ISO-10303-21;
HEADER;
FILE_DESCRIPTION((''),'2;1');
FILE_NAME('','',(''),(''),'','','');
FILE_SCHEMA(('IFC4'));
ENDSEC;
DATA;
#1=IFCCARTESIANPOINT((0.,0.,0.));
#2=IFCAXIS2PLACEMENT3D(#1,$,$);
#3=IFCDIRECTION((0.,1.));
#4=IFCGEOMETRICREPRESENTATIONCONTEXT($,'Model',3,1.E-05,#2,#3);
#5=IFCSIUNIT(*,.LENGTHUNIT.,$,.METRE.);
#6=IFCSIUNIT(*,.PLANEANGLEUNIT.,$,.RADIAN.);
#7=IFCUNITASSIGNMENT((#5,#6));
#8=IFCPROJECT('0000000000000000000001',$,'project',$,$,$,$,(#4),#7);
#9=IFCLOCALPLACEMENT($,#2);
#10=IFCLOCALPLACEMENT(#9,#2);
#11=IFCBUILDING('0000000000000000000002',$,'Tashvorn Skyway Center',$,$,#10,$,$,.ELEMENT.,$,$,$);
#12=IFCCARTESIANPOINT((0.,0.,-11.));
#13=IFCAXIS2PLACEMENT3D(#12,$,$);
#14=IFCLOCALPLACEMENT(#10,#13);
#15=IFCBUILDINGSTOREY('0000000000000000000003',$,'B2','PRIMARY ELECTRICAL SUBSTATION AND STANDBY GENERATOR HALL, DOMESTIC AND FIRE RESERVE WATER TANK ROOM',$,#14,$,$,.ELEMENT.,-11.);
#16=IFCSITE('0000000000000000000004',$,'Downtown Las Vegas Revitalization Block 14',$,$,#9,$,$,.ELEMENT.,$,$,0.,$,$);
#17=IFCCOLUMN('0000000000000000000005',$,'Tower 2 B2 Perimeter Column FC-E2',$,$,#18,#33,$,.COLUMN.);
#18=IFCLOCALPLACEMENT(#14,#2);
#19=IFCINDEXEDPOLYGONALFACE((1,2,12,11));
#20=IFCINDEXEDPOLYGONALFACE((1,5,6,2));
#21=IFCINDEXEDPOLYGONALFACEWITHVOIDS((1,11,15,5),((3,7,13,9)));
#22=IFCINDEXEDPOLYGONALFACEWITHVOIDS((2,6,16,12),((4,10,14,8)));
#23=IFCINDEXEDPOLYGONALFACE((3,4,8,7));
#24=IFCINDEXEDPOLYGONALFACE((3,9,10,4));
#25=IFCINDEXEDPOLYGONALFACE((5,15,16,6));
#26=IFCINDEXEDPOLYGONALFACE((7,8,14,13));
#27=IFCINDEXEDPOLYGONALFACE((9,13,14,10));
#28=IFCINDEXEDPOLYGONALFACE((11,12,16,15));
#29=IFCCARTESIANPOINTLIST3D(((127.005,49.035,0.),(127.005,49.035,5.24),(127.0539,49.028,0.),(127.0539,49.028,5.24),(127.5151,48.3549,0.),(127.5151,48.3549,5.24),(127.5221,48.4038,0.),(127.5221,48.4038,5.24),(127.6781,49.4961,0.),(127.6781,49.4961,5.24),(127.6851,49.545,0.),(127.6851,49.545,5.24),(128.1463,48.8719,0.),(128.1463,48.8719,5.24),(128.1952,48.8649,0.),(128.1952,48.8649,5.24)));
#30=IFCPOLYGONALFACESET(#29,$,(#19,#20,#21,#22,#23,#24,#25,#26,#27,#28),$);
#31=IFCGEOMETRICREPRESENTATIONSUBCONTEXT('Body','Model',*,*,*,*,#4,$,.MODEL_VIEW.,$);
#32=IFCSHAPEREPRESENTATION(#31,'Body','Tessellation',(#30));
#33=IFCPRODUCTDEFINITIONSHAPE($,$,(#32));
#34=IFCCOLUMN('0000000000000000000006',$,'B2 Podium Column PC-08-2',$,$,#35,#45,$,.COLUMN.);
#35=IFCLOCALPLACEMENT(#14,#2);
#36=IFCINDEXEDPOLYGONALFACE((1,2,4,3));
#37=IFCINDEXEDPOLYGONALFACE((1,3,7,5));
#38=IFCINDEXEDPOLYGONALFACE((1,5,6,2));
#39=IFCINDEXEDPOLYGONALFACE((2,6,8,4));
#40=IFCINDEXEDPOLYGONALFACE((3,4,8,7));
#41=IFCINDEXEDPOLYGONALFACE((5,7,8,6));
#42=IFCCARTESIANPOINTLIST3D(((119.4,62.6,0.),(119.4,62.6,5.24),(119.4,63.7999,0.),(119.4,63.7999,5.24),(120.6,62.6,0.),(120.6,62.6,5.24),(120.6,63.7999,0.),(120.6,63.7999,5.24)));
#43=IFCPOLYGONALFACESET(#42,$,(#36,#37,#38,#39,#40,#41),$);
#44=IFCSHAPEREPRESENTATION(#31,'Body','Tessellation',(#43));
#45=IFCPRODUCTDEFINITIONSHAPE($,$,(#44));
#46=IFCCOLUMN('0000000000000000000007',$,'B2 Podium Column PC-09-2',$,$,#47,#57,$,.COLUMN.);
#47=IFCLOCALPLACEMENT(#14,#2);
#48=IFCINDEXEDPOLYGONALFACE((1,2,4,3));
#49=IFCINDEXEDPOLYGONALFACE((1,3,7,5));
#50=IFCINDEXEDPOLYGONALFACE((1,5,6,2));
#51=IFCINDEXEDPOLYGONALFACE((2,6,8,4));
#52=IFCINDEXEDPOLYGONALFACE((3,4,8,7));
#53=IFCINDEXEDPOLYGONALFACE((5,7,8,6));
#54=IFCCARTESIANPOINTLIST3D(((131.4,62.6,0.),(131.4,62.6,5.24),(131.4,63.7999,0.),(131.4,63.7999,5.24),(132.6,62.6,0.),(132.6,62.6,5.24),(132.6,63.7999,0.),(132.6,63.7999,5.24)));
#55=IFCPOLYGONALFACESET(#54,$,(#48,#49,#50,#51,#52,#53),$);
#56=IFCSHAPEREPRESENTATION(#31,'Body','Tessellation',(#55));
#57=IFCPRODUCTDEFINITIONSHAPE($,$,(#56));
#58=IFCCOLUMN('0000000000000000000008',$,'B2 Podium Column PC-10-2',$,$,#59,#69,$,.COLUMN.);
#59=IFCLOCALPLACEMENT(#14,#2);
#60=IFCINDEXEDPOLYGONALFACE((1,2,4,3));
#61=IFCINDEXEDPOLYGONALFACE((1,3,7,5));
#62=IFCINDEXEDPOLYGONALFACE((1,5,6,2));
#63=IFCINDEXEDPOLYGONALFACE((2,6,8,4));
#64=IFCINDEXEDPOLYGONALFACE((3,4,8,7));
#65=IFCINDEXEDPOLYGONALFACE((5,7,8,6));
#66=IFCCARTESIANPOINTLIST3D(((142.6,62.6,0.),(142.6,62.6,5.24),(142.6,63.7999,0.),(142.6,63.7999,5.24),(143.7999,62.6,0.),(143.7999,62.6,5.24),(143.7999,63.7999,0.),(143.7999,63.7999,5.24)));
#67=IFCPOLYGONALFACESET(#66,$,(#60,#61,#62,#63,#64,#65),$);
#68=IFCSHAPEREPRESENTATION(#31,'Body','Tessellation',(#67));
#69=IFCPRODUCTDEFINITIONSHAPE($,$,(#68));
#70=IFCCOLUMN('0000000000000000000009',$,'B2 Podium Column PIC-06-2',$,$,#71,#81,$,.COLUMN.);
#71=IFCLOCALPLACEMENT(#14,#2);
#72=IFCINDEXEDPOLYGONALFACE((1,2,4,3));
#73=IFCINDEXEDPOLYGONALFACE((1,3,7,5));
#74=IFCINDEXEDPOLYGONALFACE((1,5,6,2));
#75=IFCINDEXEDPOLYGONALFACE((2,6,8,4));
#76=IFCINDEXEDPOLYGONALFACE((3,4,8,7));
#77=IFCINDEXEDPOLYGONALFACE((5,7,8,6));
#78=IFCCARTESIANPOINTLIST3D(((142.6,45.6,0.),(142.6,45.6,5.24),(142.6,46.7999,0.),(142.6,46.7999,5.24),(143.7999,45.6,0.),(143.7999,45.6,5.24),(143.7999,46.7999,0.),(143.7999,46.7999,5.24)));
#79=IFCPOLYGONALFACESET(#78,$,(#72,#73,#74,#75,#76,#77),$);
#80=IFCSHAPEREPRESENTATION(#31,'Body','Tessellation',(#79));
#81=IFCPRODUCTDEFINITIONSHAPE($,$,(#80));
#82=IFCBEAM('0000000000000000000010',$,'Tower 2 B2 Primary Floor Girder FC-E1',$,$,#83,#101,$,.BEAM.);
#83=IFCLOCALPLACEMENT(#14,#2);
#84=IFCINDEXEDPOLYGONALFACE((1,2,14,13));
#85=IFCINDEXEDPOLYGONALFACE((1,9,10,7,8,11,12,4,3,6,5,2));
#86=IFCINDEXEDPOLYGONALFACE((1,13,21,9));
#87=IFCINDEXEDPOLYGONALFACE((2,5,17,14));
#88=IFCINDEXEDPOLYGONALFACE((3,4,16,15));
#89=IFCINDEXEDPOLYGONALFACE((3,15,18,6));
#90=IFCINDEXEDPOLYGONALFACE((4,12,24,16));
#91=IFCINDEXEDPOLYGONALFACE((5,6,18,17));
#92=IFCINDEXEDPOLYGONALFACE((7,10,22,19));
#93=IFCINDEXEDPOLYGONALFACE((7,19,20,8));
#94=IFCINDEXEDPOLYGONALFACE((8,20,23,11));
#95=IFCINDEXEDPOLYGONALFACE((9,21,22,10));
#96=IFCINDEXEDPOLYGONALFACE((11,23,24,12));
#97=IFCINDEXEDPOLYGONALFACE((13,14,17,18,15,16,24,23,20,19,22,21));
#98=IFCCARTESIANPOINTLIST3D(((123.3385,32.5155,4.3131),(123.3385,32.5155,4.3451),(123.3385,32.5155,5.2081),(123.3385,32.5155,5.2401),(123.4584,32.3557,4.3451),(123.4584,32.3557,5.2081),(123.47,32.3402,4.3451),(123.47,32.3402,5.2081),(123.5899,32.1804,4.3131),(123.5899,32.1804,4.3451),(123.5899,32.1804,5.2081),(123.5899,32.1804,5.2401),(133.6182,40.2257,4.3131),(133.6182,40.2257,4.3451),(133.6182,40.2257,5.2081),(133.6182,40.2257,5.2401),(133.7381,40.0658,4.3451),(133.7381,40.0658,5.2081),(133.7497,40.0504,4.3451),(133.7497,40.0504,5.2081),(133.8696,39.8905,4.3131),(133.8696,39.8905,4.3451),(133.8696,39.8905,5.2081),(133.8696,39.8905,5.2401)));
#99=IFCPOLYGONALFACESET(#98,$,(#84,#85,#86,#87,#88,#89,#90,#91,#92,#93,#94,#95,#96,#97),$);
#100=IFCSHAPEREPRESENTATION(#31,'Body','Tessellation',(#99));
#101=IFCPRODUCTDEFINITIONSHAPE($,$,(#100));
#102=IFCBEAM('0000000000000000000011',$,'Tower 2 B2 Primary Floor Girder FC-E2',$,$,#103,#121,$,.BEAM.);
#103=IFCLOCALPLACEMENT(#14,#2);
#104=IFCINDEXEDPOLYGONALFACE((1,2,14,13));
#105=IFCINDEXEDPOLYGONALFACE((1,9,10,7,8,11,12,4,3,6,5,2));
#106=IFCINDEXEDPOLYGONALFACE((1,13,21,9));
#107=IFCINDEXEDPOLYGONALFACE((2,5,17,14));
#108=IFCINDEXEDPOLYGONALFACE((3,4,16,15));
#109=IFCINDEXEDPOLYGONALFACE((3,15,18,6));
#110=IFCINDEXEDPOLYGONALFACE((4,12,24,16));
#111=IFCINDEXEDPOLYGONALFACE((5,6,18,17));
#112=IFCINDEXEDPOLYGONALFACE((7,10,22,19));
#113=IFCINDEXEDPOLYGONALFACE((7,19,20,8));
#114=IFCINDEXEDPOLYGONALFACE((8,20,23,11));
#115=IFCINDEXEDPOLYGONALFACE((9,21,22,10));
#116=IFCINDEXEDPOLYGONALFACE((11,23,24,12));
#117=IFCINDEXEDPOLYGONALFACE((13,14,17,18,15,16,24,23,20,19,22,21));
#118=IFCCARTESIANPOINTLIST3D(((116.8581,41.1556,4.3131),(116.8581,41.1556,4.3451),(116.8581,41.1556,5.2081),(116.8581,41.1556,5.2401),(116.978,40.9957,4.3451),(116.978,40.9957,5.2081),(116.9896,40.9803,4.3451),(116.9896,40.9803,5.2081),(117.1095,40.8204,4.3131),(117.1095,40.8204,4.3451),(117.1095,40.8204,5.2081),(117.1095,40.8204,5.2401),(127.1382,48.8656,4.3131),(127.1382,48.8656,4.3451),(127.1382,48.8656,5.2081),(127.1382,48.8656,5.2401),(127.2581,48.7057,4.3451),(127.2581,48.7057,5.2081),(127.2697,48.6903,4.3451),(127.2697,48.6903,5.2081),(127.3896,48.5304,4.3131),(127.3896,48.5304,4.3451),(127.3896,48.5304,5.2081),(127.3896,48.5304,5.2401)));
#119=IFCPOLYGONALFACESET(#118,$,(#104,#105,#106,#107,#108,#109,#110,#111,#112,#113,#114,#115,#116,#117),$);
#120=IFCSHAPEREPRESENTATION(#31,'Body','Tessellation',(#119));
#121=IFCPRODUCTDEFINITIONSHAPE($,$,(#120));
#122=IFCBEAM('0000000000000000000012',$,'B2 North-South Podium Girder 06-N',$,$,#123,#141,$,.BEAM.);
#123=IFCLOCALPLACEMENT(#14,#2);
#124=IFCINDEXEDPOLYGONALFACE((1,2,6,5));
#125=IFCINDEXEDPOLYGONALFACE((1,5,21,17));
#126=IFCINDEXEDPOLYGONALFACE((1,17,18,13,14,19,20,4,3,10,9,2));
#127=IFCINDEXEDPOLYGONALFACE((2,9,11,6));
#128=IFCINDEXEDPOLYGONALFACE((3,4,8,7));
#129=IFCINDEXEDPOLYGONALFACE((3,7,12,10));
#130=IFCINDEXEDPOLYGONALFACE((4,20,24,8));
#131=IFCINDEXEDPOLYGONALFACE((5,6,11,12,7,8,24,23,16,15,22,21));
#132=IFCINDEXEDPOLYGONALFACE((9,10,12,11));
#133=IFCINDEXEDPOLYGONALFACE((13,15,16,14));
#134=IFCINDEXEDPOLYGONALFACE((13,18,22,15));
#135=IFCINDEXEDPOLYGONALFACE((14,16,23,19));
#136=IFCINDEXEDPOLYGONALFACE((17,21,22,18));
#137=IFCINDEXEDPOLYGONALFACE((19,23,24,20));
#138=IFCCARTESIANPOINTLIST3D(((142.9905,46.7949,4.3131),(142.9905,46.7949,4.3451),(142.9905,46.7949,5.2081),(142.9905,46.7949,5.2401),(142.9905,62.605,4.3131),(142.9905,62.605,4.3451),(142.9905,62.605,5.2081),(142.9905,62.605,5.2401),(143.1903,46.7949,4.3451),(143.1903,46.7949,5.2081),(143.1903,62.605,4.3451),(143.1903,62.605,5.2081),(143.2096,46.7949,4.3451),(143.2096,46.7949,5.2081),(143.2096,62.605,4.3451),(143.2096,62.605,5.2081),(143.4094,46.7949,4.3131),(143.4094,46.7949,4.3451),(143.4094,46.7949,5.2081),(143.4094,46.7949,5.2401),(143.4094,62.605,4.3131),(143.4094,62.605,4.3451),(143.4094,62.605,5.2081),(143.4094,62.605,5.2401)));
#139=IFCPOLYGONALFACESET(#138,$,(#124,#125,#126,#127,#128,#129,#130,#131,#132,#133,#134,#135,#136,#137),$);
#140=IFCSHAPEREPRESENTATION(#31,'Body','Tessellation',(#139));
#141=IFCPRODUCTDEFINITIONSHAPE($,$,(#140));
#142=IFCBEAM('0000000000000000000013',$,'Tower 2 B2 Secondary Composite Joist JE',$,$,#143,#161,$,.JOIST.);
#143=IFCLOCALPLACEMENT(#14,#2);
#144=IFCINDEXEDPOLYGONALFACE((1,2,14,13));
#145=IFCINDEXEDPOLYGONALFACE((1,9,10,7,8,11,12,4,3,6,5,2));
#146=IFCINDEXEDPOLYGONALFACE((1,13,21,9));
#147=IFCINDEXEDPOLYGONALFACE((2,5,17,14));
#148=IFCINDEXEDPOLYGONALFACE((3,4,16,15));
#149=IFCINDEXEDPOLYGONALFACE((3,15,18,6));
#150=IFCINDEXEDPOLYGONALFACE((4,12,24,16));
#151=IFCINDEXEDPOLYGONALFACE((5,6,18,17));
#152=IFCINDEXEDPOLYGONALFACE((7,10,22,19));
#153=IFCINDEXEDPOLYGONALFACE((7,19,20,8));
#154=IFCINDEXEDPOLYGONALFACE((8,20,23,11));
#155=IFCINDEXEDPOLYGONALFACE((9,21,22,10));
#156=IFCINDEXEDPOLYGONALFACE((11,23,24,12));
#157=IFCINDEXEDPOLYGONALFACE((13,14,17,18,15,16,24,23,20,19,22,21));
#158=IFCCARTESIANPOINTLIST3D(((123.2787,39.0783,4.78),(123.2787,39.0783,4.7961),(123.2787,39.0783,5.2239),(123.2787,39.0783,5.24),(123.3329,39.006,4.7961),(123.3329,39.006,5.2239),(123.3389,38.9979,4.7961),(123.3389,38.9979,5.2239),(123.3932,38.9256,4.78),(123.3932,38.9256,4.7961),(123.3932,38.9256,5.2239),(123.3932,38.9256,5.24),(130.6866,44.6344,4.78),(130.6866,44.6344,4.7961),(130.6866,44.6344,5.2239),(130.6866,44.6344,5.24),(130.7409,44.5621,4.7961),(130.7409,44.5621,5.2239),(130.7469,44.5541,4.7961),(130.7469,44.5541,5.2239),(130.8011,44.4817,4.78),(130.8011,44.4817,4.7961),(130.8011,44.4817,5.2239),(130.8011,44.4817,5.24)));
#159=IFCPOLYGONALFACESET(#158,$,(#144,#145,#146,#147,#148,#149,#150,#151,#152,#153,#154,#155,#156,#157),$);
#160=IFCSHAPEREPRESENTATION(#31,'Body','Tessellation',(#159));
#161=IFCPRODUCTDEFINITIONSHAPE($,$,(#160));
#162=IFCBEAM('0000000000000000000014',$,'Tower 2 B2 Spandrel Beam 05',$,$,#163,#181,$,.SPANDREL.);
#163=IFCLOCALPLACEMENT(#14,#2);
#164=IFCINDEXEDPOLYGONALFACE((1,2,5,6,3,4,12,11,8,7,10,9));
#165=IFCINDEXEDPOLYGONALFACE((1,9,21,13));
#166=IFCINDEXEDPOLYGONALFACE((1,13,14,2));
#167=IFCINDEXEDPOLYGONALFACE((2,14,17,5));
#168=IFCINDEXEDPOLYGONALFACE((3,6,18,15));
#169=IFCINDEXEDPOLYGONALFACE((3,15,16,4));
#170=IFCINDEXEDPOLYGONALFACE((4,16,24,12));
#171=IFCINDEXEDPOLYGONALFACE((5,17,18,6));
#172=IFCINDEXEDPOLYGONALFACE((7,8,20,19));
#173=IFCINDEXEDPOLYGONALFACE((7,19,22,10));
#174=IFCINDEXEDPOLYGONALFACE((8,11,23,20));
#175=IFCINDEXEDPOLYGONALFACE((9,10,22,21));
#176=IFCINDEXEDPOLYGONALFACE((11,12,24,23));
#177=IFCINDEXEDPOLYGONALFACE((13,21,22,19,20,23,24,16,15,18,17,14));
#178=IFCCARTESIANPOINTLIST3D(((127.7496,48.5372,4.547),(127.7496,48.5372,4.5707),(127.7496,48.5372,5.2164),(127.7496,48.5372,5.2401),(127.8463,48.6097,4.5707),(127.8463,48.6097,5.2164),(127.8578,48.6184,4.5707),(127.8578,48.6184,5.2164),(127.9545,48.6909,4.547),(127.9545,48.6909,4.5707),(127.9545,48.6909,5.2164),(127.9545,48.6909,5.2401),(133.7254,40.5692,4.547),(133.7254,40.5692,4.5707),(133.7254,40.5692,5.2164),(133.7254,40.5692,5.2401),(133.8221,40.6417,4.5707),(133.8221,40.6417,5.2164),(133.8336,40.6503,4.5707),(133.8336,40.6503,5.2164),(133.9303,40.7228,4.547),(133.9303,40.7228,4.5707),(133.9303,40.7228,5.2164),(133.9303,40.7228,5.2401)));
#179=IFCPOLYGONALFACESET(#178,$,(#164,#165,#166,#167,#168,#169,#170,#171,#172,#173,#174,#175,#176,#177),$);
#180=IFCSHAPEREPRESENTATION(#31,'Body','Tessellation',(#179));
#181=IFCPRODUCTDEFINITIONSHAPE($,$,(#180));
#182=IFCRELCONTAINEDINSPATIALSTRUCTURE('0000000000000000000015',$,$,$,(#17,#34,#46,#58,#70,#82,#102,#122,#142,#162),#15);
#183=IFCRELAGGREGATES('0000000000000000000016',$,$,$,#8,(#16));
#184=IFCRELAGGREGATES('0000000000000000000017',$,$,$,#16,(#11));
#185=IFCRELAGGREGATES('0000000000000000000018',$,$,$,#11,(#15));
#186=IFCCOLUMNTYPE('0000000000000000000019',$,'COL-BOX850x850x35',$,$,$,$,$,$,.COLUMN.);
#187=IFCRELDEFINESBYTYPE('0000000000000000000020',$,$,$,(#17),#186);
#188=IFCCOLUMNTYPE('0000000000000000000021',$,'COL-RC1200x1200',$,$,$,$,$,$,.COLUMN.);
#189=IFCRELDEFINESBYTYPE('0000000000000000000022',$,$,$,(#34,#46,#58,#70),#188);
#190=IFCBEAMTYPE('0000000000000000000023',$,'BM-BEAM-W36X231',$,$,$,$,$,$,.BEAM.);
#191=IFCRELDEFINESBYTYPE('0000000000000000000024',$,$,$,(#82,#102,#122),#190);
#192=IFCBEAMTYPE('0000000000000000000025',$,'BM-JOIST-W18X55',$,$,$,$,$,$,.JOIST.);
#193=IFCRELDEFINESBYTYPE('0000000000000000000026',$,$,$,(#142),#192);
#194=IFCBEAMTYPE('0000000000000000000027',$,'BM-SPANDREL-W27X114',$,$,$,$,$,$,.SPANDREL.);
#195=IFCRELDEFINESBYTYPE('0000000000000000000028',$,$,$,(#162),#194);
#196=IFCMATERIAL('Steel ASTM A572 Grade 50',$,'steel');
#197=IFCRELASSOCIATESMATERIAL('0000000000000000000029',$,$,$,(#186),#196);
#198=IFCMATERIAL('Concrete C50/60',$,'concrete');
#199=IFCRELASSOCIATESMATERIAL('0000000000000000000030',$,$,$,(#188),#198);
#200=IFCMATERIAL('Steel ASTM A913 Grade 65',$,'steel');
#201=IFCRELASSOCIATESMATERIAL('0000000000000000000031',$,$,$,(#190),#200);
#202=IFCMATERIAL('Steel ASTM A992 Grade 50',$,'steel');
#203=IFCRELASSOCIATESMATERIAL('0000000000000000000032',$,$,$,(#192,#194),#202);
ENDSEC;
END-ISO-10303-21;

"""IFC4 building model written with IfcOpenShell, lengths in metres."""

from ifc_helpers import new_model, si_unit, direction, frame, origin, origin_2d, place, context, subcontext, project, spatial, rectangle, hollow_rectangle, i_section, extrude, material, material_profile, profile_set, type_object, element, save


model = new_model("IFC4")

# Units and contexts
model_context = context("Model", 3, precision=1e-05, world=origin(), true_north=direction((0.0, 1.0)))
body_context = subcontext(model_context, "Body", "Model", "MODEL_VIEW")
ifc_project = project(units=[si_unit("LENGTHUNIT", "METRE"), si_unit("PLANEANGLEUNIT", "RADIAN")], contexts=[model_context])

# Site, building, storey
site_placement = place(None, origin())
site = spatial("IfcSite", under=ifc_project, at=site_placement, Name="Downtown Las Vegas Revitalization Block 14", CompositionType="ELEMENT", RefElevation=0.0)
building_placement = place(site_placement, origin())
building = spatial("IfcBuilding", under=site, at=building_placement, Name="Tashvorn Skyway Center", CompositionType="ELEMENT")
storey_placement = place(building_placement, frame((0.0, 0.0, -11.0)))
storey = spatial("IfcBuildingStorey", under=building, at=storey_placement, Name="B2", Description="PRIMARY ELECTRICAL SUBSTATION AND STANDBY GENERATOR HALL, DOMESTIC AND FIRE RESERVE WATER TANK ROOM", CompositionType="ELEMENT", Elevation=-11.0)

# Shared definitions
ifc_material_1 = material(Name="Concrete C50/60", Category="concrete")

# Columns
ifc_material_2 = material(Name="Steel ASTM A572 Grade 50", Category="steel")
ifc_material_profile_1 = material_profile(ifc_material_2, hollow_rectangle(XDim=0.8501, YDim=0.8501, WallThickness=0.0349, at=origin_2d()), Name="BOX850x850x35")
ifc_profile_set_1 = profile_set([ifc_material_profile_1], Name="Steel ASTM A572 Grade 50")
column_type_1 = type_object("IfcColumnType", Name="COL-BOX850x850x35", PredefinedType="COLUMN", material=ifc_profile_set_1)
for number, where, z_axis, x_axis, name in (
    (1, (127.6001, 48.95, 0.0), (0.0, 0.0, 1.0), (0.8, 0.6, 0.0), "Tower 2 B2 Perimeter Column FC-E2"),
):
    element("IfcColumn", number, at=place(storey_placement, frame(where, z_axis=z_axis, x_axis=x_axis)), inside=storey, type_object=column_type_1, Name=name, PredefinedType="COLUMN", context=body_context, shape_type="SweptSolid", body=[
        extrude(hollow_rectangle(XDim=0.8501, YDim=0.8501, WallThickness=0.0349, at=origin_2d()), origin(), (0.0, 0.0, 1.0), 5.24),
    ])
ifc_material_profile_2 = material_profile(ifc_material_1, rectangle(XDim=1.2, YDim=1.2, at=origin_2d()), Name="RC1200x1200")
ifc_profile_set_2 = profile_set([ifc_material_profile_2], Name="Concrete C50/60")
column_type_2 = type_object("IfcColumnType", Name="COL-RC1200x1200", PredefinedType="COLUMN", material=ifc_profile_set_2)
for number, where, z_axis, x_axis, name in (
    (2, (120.0, 63.2, 0.0), (0.0, 0.0, 1.0), (1.0, 0.0, 0.0), "B2 Podium Column PC-08-2"),
    (3, (132.0, 63.2, 0.0), (0.0, 0.0, 1.0), (1.0, 0.0, 0.0), "B2 Podium Column PC-09-2"),
    (4, (143.2, 63.2, 0.0), (0.0, 0.0, 1.0), (1.0, 0.0, 0.0), "B2 Podium Column PC-10-2"),
    (5, (143.2, 46.2, 0.0), (0.0, 0.0, 1.0), (1.0, 0.0, 0.0), "B2 Podium Column PIC-06-2"),
):
    element("IfcColumn", number, at=place(storey_placement, frame(where, z_axis=z_axis, x_axis=x_axis)), inside=storey, type_object=column_type_2, Name=name, PredefinedType="COLUMN", context=body_context, shape_type="SweptSolid", body=[
        extrude(rectangle(XDim=1.2, YDim=1.2, at=origin_2d()), origin(), (0.0, 0.0, 1.0), 5.24),
    ])

# Beams
ifc_material_3 = material(Name="Steel ASTM A913 Grade 65", Category="steel")
ifc_material_profile_3 = material_profile(ifc_material_3, i_section(OverallWidth=0.4189, OverallDepth=0.927, WebThickness=0.0193, FlangeThickness=0.032, at=origin_2d()), Name="W36X231")
ifc_profile_set_3 = profile_set([ifc_material_profile_3], Name="Steel ASTM A913 Grade 65")
beam_type_1 = type_object("IfcBeamType", Name="BM-BEAM-W36X231", PredefinedType="BEAM", material=ifc_profile_set_3)
beam_1_placement = place(storey_placement, frame((133.7439, 40.0581, 4.7766), z_axis=(-0.799986, -0.600018, 0.0), x_axis=(0.600018, -0.799986, 0.0)))
element("IfcBeam", 6, at=beam_1_placement, inside=storey, type_object=beam_type_1, Name="Tower 2 B2 Primary Floor Girder FC-E1", PredefinedType="BEAM", context=body_context, shape_type="SweptSolid", body=[
    extrude(i_section(OverallWidth=0.4189, OverallDepth=0.927, WebThickness=0.0193, FlangeThickness=0.032, at=origin_2d()), origin(), (0.0, 0.0, 1.0), 12.8499),
])
beam_2_placement = place(storey_placement, frame((127.2639, 48.698, 4.7766), z_axis=(-0.800002, -0.599997, 0.0), x_axis=(0.599997, -0.800002, 0.0)))
element("IfcBeam", 7, at=beam_2_placement, inside=storey, type_object=beam_type_1, Name="Tower 2 B2 Primary Floor Girder FC-E2", PredefinedType="BEAM", context=body_context, shape_type="SweptSolid", body=[
    extrude(i_section(OverallWidth=0.4189, OverallDepth=0.927, WebThickness=0.0193, FlangeThickness=0.032, at=origin_2d()), origin(), (0.0, 0.0, 1.0), 12.8501),
])
beam_3_placement = place(storey_placement, frame((143.2, 46.7949, 4.7766), z_axis=(0.0, 1.0, 0.0), x_axis=(-1.0, 0.0, 0.0)))
element("IfcBeam", 8, at=beam_3_placement, inside=storey, type_object=beam_type_1, Name="B2 North-South Podium Girder 06-N", PredefinedType="BEAM", context=body_context, shape_type="SweptSolid", body=[
    extrude(i_section(OverallWidth=0.4189, OverallDepth=0.927, WebThickness=0.0193, FlangeThickness=0.032, at=origin_2d()), origin(), (0.0, 0.0, 1.0), 15.8101),
])
ifc_material_4 = material(Name="Steel ASTM A992 Grade 50", Category="steel")
ifc_material_profile_4 = material_profile(ifc_material_4, i_section(OverallWidth=0.1909, OverallDepth=0.46, WebThickness=0.01, FlangeThickness=0.0161, at=origin_2d()), Name="W18X55")
ifc_profile_set_4 = profile_set([ifc_material_profile_4], Name="Steel ASTM A992 Grade 50")
beam_type_2 = type_object("IfcBeamType", Name="BM-JOIST-W18X55", PredefinedType="JOIST", material=ifc_profile_set_4)
beam_4_placement = place(storey_placement, frame((123.3359, 39.002, 5.01), z_axis=(0.799991, 0.600013, 0.0), x_axis=(-0.600013, 0.799991, 0.0)))
element("IfcBeam", 9, at=beam_4_placement, inside=storey, type_object=beam_type_2, Name="Tower 2 B2 Secondary Composite Joist JE", PredefinedType="JOIST", context=body_context, shape_type="SweptSolid", body=[
    extrude(i_section(OverallWidth=0.1909, OverallDepth=0.46, WebThickness=0.01, FlangeThickness=0.0161, at=origin_2d()), origin(), (0.0, 0.0, 1.0), 9.26),
])
ifc_material_profile_5 = material_profile(ifc_material_4, i_section(OverallWidth=0.2561, OverallDepth=0.6931, WebThickness=0.0144, FlangeThickness=0.0237, at=origin_2d()), Name="W27X114")
ifc_profile_set_5 = profile_set([ifc_material_profile_5], Name="Steel ASTM A992 Grade 50")
beam_type_3 = type_object("IfcBeamType", Name="BM-SPANDREL-W27X114", PredefinedType="SPANDREL", material=ifc_profile_set_5)
beam_5_placement = place(storey_placement, frame((133.8279, 40.646, 4.8936), z_axis=(-0.599988, 0.800009, 0.0), x_axis=(-0.800009, -0.599988, 0.0)))
element("IfcBeam", 10, at=beam_5_placement, inside=storey, type_object=beam_type_3, Name="Tower 2 B2 Spandrel Beam 05", PredefinedType="SPANDREL", context=body_context, shape_type="SweptSolid", body=[
    extrude(i_section(OverallWidth=0.2561, OverallDepth=0.6931, WebThickness=0.0144, FlangeThickness=0.0237, at=origin_2d()), origin(), (0.0, 0.0, 1.0), 9.96),
])

save(model, "model.ifc")
